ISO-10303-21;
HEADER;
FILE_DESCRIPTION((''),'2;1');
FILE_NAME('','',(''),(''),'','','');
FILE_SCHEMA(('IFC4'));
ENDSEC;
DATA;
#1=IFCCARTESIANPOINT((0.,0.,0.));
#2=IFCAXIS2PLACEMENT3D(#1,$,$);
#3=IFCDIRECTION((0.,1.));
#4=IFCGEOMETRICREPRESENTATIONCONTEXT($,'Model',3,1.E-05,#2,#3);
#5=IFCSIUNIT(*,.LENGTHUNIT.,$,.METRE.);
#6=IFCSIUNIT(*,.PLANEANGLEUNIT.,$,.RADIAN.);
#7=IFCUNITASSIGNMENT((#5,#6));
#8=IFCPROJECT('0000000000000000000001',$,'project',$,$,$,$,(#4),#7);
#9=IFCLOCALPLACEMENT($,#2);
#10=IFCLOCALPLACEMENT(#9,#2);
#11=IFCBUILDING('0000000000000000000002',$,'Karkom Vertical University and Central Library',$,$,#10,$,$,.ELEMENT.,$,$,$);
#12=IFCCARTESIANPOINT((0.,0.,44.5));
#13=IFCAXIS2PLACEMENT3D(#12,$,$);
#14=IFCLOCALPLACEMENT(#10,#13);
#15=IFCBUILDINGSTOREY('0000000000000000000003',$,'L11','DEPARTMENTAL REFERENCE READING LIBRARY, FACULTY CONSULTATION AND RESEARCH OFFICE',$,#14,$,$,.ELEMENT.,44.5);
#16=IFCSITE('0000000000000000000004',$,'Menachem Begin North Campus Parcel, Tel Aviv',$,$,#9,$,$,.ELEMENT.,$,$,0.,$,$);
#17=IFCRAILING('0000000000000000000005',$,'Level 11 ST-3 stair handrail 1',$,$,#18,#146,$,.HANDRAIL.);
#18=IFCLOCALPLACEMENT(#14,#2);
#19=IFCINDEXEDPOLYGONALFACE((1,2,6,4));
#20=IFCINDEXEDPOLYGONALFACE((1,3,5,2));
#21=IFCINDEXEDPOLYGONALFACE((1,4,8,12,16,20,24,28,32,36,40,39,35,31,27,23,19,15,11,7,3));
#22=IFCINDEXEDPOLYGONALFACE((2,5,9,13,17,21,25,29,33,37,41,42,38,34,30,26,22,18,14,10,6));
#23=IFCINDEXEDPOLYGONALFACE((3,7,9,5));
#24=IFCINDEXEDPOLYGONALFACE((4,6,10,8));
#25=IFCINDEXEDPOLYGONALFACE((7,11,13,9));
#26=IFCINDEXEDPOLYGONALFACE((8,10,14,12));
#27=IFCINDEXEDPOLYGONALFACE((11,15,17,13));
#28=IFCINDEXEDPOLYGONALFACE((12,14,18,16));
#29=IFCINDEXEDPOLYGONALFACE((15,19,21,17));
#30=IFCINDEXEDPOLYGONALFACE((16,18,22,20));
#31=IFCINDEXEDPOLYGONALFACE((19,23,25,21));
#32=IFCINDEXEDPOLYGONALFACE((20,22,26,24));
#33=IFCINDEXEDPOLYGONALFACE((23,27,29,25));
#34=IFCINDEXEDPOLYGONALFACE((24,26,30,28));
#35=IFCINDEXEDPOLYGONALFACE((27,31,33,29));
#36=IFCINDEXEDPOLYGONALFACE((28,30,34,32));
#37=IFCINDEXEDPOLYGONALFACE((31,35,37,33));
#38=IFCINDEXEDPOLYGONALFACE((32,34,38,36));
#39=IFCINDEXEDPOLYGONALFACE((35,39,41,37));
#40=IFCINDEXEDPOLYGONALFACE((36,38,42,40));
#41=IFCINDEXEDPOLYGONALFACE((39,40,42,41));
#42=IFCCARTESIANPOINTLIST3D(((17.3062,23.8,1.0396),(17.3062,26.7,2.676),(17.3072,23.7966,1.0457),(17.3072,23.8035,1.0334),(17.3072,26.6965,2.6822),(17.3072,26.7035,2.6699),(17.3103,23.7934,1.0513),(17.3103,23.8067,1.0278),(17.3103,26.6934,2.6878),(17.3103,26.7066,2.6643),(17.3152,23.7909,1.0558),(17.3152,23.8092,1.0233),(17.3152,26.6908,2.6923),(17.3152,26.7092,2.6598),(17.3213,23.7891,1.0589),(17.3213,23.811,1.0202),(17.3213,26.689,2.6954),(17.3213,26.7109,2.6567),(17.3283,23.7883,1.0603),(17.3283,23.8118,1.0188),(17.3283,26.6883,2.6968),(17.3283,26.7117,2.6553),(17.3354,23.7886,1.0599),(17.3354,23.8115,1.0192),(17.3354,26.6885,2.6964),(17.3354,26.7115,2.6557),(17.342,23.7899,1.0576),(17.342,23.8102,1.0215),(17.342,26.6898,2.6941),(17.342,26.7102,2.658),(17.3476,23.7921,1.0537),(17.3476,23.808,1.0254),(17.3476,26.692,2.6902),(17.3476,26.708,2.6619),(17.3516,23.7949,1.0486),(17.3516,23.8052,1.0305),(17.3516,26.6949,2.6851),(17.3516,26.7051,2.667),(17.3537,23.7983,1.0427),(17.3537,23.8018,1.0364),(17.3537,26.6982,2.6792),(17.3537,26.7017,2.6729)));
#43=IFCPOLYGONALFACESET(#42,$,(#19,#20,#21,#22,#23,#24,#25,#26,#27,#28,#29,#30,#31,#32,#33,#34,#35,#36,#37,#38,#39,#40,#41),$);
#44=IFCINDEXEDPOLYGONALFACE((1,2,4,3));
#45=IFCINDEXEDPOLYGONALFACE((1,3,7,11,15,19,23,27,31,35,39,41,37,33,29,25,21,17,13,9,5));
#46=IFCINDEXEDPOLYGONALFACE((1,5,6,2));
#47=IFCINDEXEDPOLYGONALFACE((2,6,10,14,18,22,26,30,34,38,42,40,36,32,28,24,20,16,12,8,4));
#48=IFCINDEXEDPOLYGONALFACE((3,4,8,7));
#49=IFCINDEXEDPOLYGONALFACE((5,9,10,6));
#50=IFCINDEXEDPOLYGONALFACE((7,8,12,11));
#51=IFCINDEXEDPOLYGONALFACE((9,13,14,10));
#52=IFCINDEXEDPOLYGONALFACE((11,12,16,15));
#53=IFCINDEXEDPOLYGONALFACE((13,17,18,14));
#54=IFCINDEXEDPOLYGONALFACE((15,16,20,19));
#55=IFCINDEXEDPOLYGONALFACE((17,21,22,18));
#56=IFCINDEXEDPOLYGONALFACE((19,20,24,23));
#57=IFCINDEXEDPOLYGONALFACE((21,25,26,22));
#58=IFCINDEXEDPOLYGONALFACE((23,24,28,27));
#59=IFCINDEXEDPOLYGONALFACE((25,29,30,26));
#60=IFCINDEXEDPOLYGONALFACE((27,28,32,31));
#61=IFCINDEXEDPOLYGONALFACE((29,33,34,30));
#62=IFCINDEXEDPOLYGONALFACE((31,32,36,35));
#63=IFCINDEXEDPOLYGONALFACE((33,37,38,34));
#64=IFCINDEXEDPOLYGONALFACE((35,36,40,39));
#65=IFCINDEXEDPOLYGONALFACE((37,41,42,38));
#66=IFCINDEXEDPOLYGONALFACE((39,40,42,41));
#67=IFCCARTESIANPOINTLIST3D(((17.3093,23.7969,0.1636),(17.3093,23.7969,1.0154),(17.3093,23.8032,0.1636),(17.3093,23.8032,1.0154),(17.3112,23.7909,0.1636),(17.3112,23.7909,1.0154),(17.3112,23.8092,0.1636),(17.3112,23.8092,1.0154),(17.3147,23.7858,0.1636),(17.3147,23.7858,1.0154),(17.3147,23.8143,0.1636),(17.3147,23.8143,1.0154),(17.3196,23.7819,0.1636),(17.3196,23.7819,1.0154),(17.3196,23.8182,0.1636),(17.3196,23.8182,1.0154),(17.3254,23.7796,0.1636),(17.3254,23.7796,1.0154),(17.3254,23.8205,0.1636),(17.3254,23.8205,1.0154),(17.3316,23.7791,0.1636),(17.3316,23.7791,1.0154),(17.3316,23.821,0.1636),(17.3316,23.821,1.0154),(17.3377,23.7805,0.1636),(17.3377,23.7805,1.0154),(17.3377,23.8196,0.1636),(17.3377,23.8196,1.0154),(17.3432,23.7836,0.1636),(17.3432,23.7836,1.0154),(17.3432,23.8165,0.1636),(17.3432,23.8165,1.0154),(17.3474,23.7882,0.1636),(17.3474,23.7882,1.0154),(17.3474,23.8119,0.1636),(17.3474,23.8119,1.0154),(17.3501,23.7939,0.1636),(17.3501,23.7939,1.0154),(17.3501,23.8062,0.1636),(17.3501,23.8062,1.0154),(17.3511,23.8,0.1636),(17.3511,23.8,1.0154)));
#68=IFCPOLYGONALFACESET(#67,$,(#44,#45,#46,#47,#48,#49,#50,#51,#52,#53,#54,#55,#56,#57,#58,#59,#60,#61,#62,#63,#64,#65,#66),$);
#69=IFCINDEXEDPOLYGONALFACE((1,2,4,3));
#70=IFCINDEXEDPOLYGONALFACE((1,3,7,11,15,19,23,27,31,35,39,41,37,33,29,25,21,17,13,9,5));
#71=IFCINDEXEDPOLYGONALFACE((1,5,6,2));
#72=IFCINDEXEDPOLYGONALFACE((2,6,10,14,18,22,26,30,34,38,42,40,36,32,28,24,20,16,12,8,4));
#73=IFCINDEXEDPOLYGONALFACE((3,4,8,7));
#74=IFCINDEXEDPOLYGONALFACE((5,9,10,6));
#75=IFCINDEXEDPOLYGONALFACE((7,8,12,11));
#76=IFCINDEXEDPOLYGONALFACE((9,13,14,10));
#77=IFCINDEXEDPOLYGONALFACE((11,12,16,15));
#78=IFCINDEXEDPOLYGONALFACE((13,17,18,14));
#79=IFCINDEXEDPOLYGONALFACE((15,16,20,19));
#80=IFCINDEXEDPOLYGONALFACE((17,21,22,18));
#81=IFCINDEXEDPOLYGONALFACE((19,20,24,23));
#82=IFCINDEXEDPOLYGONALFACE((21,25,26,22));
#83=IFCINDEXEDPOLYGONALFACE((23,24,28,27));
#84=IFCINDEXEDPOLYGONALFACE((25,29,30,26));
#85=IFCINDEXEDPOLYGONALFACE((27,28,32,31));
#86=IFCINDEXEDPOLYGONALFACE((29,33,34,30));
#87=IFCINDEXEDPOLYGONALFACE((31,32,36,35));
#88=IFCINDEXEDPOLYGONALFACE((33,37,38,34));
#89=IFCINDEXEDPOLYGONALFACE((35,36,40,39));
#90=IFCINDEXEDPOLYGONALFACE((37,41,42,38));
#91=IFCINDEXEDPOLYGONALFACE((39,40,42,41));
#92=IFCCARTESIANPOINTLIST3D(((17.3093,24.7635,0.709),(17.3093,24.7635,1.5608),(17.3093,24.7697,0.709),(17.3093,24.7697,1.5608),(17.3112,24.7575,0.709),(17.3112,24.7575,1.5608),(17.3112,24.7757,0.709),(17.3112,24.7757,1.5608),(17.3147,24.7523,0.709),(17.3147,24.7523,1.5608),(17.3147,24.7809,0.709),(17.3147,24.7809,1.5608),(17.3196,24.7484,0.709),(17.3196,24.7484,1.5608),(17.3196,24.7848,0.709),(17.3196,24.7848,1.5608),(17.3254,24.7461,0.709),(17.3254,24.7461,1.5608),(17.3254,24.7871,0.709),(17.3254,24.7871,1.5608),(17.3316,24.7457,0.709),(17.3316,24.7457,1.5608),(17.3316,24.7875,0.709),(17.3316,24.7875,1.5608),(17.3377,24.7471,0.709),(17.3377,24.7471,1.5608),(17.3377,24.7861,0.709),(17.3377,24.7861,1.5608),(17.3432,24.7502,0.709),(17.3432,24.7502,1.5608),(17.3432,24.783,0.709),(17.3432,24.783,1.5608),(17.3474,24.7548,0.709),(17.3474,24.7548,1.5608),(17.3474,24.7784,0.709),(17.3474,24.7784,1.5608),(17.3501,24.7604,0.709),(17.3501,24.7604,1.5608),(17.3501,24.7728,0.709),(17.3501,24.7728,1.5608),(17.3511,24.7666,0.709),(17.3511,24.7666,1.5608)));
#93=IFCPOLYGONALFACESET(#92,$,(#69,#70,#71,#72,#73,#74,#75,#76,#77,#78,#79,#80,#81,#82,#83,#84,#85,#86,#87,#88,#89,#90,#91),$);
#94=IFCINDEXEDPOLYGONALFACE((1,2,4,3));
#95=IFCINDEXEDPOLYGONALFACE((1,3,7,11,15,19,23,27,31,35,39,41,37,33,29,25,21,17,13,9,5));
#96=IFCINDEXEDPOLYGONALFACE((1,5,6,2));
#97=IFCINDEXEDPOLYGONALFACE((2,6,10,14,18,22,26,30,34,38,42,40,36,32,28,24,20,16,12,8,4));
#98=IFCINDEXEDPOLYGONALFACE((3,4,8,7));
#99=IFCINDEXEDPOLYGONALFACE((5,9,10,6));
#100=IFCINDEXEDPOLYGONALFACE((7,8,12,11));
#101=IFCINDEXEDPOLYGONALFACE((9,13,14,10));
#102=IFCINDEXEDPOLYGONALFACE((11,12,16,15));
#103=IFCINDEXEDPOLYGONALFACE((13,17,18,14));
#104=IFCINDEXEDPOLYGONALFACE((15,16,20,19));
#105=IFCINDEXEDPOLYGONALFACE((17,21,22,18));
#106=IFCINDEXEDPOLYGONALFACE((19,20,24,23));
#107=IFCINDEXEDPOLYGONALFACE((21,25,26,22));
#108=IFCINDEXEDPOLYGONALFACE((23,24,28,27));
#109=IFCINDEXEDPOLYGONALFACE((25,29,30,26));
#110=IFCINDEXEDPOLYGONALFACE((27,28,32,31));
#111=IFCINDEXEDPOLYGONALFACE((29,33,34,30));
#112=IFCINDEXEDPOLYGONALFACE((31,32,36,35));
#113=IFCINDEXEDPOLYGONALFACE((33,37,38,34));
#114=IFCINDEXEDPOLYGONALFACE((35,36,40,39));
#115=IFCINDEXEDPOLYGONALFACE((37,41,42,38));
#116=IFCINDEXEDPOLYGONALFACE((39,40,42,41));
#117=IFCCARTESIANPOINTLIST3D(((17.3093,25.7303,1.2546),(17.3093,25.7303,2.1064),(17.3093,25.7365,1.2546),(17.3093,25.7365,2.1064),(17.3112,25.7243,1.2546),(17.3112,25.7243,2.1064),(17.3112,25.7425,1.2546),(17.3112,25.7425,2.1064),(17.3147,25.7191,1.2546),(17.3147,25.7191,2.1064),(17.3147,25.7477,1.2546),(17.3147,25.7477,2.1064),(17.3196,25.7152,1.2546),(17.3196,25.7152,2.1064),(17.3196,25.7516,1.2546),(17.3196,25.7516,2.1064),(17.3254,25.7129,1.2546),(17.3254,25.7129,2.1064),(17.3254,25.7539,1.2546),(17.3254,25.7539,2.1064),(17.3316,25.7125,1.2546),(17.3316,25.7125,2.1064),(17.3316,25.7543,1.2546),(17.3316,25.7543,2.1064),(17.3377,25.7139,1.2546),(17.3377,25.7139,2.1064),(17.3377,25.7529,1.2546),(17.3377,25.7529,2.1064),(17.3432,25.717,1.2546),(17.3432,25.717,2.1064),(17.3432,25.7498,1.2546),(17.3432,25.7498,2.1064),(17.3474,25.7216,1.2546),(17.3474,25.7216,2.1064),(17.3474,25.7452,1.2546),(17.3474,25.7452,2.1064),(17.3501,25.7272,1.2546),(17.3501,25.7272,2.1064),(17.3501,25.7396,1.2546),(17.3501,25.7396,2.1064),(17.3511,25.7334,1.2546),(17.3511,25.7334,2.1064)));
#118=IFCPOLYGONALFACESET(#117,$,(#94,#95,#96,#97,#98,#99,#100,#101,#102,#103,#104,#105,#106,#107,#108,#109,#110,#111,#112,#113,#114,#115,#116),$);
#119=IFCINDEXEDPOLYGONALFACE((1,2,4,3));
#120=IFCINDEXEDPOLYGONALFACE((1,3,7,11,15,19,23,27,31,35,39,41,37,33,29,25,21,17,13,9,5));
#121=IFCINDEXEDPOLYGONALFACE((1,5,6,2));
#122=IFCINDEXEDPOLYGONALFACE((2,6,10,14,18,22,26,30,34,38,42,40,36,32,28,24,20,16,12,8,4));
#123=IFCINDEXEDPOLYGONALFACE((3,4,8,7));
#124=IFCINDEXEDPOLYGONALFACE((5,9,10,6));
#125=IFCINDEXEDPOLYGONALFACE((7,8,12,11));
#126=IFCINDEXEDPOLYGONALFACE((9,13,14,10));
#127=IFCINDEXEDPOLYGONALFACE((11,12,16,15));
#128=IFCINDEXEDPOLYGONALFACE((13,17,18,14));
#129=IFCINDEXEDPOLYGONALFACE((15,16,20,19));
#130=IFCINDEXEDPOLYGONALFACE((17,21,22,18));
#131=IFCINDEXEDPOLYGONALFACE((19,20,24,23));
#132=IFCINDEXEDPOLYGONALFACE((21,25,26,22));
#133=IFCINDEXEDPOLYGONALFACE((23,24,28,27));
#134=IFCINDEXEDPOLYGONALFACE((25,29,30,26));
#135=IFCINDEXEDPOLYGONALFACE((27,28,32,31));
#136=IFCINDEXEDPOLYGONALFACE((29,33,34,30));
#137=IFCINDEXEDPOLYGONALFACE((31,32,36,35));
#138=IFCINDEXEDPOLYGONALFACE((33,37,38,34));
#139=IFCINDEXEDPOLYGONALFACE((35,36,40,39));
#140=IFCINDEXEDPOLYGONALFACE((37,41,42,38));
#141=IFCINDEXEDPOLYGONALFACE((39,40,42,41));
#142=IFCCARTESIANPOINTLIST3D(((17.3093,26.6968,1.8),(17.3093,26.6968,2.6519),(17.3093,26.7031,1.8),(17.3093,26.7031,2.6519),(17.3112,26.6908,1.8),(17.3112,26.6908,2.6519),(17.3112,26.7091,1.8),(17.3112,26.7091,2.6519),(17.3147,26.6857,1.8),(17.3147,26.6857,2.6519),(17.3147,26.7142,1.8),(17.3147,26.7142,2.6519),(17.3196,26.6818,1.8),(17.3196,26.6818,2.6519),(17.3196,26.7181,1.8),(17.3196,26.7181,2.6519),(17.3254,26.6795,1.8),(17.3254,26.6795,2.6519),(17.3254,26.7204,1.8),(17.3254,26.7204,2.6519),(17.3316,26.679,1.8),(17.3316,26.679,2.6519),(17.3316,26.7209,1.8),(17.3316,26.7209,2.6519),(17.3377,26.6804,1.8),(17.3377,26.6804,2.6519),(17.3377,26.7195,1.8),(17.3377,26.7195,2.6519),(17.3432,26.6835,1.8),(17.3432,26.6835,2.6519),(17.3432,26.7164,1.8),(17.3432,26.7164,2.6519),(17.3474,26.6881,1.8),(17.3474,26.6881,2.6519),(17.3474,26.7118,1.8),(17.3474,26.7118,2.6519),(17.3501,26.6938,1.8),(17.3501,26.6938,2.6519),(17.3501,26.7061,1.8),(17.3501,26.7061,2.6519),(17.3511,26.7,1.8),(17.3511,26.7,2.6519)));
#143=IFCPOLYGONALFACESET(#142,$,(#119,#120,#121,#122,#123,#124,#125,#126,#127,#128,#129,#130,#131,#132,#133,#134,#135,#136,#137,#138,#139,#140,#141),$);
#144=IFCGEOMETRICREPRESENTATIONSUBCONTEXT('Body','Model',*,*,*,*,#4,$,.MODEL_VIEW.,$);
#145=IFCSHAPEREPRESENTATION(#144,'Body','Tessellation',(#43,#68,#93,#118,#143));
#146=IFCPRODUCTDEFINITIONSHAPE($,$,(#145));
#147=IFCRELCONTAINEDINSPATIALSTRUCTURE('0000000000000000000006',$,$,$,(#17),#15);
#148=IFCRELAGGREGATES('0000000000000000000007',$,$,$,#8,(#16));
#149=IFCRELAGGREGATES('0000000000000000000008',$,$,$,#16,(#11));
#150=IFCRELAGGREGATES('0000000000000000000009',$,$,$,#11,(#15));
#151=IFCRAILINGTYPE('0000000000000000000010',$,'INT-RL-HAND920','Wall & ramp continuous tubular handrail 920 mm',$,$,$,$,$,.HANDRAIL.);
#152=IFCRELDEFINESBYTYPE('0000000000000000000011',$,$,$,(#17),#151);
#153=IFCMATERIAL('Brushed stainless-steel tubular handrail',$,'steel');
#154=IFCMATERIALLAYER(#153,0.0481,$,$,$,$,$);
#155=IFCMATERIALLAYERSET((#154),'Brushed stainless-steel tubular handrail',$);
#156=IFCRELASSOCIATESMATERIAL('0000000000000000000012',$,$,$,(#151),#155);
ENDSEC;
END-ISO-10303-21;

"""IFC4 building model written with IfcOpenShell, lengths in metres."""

from ifc_helpers import new_model, si_unit, direction, frame, origin, origin_2d, place, context, subcontext, project, spatial, circle, extrude, material, layer, layer_set, type_object, element, save


model = new_model("IFC4")

# Units and contexts
model_context = context("Model", 3, precision=1e-05, world=origin(), true_north=direction((0.0, 1.0)))
body_context = subcontext(model_context, "Body", "Model", "MODEL_VIEW")
ifc_project = project(units=[si_unit("LENGTHUNIT", "METRE"), si_unit("PLANEANGLEUNIT", "RADIAN")], contexts=[model_context])

# Site, building, storey
site_placement = place(None, origin())
site = spatial("IfcSite", under=ifc_project, at=site_placement, Name="Menachem Begin North Campus Parcel, Tel Aviv", CompositionType="ELEMENT", RefElevation=0.0)
building_placement = place(site_placement, origin())
building = spatial("IfcBuilding", under=site, at=building_placement, Name="Karkom Vertical University and Central Library", CompositionType="ELEMENT")
storey_placement = place(building_placement, frame((0.0, 0.0, 44.5)))
storey = spatial("IfcBuildingStorey", under=building, at=storey_placement, Name="L11", Description="DEPARTMENTAL REFERENCE READING LIBRARY, FACULTY CONSULTATION AND RESEARCH OFFICE", CompositionType="ELEMENT", Elevation=44.5)

# Railing
ifc_material_1 = material(Name="Brushed stainless-steel tubular handrail", Category="steel")
ifc_layer_1 = layer(ifc_material_1, 0.0481)
ifc_layer_set_1 = layer_set([ifc_layer_1], Name="Brushed stainless-steel tubular handrail")
railing_type_1 = type_object("IfcRailingType", Name="INT-RL-HAND920", Description="Wall & ramp continuous tubular handrail 920 mm", PredefinedType="HANDRAIL", material=ifc_layer_set_1)
railing_1_placement = place(storey_placement, frame((17.3301, 23.8, 0.1636)))
element("IfcRailing", 1, at=railing_1_placement, inside=storey, type_object=railing_type_1, Name="Level 11 ST-3 stair handrail 1", PredefinedType="HANDRAIL", context=body_context, shape_type="SweptSolid", body=[
    extrude(circle(Radius=0.0239, at=origin_2d()), frame((0.0, 0.0, 0.876), z_axis=(0.0, 0.870897, 0.491465), x_axis=(-1.0, 0.0, 0.0)), (0.0, 0.0, 1.0), 3.3298),
    extrude(circle(Radius=0.021, at=origin_2d()), origin(), (0.0, 0.0, 1.0), 0.8518),
    extrude(circle(Radius=0.021, at=origin_2d()), frame((0.0, 0.9666, 0.5454)), (0.0, 0.0, 1.0), 0.8518),
    extrude(circle(Radius=0.021, at=origin_2d()), frame((0.0, 1.9333, 1.0911)), (0.0, 0.0, 1.0), 0.8518),
    extrude(circle(Radius=0.021, at=origin_2d()), frame((0.0, 2.8999, 1.6365)), (0.0, 0.0, 1.0), 0.8518),
])

save(model, "model.ifc")
